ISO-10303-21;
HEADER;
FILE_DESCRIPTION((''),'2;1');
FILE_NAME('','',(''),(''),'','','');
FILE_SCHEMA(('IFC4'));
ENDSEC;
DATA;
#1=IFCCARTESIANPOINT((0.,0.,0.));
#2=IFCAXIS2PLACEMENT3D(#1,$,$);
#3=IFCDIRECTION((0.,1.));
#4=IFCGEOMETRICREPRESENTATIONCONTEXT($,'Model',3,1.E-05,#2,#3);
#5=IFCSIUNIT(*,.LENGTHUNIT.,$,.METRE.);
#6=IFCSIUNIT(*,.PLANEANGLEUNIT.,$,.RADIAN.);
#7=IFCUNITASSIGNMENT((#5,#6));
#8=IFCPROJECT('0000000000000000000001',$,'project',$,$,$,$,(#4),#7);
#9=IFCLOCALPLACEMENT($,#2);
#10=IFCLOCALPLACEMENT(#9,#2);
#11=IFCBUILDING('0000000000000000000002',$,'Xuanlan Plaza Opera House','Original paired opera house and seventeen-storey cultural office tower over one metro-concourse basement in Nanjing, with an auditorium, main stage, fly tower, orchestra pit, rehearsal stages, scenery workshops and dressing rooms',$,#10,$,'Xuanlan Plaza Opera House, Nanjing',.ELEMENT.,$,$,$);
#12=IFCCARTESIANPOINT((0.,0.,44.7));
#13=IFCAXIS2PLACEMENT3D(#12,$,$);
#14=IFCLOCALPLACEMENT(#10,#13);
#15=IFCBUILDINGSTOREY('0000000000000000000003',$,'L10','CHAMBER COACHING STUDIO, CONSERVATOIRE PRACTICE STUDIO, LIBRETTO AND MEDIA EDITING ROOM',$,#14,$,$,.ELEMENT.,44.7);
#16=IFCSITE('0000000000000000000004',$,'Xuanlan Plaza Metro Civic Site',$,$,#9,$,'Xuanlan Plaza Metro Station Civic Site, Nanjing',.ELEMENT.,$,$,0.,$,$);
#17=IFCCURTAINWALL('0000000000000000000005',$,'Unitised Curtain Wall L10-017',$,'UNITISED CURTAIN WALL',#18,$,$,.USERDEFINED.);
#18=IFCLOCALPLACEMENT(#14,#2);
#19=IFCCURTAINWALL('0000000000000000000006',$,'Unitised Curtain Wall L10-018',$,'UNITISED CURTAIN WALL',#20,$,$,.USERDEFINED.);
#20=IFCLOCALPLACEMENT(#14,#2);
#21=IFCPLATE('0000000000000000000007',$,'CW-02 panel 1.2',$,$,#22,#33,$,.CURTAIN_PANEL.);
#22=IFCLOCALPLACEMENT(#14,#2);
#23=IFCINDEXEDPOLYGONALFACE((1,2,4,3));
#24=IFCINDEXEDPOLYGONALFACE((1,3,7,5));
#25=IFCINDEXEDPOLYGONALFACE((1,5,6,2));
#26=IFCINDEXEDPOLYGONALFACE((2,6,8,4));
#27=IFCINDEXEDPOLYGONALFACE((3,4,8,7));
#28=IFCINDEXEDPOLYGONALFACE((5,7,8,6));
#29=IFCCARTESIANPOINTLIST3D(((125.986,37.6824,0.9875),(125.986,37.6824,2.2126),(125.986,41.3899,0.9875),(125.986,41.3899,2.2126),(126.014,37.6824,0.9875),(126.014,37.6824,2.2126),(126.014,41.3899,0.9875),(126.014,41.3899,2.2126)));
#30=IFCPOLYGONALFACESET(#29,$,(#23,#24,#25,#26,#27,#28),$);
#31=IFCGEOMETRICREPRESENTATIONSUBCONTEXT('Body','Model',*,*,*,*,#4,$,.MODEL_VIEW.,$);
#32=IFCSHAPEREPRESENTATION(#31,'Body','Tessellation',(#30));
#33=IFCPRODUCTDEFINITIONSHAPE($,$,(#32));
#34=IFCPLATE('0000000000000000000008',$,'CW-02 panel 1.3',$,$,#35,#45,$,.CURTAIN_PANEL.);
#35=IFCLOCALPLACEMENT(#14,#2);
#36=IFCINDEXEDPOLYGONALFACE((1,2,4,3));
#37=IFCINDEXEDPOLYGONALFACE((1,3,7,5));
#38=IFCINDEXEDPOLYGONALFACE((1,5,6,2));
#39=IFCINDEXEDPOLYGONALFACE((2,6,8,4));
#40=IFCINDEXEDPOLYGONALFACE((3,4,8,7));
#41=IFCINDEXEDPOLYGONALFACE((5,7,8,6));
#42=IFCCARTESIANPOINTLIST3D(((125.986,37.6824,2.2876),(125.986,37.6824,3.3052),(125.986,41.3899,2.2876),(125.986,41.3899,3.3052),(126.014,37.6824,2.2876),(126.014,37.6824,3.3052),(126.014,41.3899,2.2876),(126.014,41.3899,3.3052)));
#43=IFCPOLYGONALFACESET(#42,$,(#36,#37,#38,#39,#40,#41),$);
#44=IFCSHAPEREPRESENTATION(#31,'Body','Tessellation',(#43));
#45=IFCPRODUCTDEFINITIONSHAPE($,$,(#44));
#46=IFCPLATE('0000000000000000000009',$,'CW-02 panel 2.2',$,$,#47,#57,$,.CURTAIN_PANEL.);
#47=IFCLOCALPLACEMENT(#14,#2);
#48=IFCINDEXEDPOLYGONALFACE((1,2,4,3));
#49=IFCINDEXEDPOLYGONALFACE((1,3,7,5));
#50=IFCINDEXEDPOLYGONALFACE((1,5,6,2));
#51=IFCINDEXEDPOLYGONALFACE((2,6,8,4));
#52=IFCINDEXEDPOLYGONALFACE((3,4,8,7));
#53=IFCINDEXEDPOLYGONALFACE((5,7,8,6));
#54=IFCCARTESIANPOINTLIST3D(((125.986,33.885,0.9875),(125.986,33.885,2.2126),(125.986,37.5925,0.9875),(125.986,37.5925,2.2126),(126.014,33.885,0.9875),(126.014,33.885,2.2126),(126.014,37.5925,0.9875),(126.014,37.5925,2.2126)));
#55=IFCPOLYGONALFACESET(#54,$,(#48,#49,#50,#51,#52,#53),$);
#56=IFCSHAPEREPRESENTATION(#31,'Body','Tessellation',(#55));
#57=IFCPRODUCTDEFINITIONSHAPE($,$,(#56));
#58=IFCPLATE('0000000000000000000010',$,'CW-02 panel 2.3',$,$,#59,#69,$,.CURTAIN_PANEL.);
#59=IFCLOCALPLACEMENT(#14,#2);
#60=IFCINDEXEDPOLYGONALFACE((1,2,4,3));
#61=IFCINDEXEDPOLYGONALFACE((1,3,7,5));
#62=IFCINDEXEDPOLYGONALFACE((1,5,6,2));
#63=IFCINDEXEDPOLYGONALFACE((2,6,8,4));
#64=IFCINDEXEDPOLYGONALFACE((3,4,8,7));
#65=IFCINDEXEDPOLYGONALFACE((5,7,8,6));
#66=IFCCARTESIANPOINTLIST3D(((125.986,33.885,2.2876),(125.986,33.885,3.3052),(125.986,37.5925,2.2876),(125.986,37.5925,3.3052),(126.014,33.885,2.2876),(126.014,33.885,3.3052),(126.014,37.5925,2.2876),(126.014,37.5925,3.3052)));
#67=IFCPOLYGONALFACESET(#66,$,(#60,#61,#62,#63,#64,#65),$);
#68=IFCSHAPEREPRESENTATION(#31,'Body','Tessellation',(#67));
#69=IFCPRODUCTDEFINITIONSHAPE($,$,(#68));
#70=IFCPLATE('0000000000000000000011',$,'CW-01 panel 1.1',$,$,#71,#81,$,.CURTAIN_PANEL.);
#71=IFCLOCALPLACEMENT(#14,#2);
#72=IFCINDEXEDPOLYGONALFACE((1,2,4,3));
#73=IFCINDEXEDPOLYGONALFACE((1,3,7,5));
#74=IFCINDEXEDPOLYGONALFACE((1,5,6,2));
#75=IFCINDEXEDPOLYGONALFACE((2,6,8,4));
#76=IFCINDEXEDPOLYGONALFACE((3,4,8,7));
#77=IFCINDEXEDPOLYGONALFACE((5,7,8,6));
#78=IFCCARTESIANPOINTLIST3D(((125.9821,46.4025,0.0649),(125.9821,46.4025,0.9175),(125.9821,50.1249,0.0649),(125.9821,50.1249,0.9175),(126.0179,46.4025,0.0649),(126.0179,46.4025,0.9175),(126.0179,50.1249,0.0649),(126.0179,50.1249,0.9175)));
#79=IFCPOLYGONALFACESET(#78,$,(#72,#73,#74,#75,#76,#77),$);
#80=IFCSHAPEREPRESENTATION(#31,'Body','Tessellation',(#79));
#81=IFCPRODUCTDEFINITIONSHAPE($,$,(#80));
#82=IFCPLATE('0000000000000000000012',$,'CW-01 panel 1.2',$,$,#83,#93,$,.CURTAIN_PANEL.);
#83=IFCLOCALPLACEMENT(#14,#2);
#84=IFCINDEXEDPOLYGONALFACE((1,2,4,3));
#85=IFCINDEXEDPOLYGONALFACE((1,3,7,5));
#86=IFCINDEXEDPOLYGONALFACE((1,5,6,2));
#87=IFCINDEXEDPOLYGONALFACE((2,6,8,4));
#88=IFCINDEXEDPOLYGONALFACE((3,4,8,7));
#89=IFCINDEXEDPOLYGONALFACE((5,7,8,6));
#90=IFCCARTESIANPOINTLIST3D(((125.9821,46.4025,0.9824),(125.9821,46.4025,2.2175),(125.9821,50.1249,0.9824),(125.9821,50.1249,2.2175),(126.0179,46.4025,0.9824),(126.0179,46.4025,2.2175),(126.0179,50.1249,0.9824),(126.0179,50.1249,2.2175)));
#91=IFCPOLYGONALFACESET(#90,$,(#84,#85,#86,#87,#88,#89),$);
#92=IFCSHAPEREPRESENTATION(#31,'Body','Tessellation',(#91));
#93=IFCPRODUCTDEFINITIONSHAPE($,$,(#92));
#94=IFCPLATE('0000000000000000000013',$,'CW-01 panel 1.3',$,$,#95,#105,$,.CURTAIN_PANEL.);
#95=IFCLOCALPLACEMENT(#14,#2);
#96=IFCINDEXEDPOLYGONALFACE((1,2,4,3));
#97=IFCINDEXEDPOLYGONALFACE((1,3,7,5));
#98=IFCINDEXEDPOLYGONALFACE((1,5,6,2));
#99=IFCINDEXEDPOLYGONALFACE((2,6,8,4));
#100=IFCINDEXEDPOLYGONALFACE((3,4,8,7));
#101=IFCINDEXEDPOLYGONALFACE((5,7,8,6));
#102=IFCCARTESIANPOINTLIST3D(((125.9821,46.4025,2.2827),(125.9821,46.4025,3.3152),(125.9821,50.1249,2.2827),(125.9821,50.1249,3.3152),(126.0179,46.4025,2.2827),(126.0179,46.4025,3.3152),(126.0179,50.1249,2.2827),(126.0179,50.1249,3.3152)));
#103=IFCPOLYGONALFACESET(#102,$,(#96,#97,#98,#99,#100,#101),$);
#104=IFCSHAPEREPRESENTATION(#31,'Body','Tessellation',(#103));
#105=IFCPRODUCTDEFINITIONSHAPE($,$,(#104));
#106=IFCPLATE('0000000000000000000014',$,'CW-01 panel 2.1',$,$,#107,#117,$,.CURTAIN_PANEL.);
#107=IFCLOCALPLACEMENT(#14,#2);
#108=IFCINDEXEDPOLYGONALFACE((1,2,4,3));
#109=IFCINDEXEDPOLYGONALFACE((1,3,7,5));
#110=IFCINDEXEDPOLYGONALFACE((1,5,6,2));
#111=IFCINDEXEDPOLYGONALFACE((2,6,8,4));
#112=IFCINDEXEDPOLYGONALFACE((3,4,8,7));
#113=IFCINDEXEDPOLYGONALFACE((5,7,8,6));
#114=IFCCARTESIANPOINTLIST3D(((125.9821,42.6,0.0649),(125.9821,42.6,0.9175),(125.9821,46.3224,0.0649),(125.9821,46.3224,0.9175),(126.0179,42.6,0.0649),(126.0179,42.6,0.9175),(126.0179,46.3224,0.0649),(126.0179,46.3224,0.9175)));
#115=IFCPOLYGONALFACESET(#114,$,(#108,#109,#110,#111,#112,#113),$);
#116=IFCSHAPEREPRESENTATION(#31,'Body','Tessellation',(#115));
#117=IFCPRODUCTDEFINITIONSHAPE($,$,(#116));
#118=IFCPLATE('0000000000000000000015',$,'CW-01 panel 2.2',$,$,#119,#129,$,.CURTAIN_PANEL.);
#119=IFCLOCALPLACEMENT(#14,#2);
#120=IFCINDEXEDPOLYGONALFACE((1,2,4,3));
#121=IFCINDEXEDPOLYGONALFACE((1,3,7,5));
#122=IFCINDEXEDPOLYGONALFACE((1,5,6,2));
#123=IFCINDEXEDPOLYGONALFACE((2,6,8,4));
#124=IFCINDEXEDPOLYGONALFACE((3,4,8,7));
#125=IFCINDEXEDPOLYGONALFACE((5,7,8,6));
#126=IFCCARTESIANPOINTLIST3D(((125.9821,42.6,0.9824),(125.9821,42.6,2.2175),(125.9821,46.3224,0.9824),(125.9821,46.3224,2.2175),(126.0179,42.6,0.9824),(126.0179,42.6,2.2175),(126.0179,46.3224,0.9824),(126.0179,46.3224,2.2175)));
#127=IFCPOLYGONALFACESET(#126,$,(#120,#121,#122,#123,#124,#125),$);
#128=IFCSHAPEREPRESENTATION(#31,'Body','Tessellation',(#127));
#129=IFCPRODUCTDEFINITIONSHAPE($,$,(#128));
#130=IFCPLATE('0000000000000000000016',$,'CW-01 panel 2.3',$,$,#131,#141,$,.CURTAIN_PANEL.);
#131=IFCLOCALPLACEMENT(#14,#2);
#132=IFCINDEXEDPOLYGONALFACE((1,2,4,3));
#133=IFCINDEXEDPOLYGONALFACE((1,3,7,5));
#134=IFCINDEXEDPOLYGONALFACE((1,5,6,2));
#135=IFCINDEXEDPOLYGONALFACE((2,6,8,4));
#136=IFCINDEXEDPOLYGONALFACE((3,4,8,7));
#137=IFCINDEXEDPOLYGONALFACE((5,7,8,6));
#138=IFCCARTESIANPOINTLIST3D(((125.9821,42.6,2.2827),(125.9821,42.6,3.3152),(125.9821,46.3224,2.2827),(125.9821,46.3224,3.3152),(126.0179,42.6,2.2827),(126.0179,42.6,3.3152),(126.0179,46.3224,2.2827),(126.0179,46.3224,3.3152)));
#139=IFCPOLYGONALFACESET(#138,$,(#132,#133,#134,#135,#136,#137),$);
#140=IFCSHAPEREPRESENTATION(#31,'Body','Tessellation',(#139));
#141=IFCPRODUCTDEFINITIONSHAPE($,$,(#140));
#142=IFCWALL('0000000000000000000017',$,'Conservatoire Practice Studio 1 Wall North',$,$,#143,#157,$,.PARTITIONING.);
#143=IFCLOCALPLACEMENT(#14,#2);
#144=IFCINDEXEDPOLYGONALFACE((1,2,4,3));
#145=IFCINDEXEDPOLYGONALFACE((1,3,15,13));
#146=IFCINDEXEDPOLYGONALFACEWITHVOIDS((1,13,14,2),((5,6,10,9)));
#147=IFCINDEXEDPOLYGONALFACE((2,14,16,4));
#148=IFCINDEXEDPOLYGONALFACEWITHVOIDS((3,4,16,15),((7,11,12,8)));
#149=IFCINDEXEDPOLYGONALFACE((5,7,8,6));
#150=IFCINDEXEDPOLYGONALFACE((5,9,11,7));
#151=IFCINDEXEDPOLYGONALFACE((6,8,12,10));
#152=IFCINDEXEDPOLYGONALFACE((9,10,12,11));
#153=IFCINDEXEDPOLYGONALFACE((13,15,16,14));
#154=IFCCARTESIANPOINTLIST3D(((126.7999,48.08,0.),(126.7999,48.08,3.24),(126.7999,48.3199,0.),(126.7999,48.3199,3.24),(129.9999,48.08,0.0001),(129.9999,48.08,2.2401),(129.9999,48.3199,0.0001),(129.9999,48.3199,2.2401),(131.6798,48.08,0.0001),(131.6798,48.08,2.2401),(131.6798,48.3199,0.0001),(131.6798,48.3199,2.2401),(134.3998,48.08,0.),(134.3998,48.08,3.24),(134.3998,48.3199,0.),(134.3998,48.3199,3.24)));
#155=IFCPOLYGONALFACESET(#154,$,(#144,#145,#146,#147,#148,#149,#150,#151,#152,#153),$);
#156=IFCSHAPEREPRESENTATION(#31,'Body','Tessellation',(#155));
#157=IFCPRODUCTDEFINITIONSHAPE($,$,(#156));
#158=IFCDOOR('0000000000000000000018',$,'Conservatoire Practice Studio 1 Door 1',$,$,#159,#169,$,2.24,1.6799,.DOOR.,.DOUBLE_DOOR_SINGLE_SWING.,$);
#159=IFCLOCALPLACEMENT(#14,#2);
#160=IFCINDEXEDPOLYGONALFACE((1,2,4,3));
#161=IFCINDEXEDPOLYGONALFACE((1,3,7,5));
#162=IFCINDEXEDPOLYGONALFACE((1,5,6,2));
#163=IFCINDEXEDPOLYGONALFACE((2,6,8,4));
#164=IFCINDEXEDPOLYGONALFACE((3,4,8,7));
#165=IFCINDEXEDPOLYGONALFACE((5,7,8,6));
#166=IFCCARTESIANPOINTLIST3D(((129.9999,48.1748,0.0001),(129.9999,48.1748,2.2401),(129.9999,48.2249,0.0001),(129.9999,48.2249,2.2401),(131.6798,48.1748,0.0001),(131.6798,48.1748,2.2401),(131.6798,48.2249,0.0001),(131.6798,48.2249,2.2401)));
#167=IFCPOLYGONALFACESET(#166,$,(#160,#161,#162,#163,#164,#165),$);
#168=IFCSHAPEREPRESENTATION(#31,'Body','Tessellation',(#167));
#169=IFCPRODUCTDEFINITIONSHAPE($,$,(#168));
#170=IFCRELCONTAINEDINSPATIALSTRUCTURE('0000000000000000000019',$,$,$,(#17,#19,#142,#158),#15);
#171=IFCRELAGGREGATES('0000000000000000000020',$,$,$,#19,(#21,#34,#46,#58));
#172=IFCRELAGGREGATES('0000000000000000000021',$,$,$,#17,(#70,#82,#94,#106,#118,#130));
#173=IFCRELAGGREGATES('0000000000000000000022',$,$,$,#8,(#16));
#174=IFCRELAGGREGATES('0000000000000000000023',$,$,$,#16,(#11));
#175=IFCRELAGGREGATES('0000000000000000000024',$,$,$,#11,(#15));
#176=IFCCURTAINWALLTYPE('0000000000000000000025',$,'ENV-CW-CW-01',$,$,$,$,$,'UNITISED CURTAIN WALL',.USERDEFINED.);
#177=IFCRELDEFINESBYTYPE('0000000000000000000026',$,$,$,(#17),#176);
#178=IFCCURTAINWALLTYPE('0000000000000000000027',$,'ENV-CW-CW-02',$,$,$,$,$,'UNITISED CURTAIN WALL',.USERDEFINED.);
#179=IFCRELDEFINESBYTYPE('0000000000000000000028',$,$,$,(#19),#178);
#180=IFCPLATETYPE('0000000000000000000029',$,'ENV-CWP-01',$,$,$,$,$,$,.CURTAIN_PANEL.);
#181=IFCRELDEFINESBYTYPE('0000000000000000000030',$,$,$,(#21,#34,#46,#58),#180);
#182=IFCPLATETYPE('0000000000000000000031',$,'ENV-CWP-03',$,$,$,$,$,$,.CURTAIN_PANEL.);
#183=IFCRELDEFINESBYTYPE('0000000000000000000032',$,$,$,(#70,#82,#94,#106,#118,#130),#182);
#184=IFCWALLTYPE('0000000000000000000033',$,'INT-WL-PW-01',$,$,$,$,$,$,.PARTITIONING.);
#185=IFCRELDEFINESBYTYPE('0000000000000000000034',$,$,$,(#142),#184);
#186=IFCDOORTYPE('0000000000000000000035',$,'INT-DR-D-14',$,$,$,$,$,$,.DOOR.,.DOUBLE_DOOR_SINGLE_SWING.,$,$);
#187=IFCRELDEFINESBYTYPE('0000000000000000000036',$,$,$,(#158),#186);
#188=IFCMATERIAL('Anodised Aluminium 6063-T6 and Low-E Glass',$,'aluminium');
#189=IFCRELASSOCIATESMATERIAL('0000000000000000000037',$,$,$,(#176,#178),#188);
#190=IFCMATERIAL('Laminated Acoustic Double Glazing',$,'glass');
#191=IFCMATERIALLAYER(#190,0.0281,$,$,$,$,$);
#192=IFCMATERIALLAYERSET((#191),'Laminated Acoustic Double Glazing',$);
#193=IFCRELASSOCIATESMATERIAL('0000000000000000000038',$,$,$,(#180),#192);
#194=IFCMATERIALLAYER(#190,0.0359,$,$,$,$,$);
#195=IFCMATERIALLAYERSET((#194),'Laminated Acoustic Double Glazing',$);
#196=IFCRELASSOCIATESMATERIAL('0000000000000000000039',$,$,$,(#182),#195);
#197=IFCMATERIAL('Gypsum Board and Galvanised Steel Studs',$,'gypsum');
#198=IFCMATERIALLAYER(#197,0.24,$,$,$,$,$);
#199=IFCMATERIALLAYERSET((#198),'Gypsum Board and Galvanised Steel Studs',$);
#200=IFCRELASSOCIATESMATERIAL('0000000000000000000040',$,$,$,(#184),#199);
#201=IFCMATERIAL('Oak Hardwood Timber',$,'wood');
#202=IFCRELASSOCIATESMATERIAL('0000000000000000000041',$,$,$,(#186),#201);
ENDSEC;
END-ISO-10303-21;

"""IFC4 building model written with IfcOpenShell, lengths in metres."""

from ifc_helpers import new_model, si_unit, direction, frame, frame_2d, origin, origin_2d, place, context, subcontext, project, spatial, rectangle, extrude, material, layer, layer_set, type_object, element, fill, aggregate, save


model = new_model("IFC4")

# Units and contexts
model_context = context("Model", 3, precision=1e-05, world=origin(), true_north=direction((0.0, 1.0)))
body_context = subcontext(model_context, "Body", "Model", "MODEL_VIEW")
ifc_project = project(units=[si_unit("LENGTHUNIT", "METRE"), si_unit("PLANEANGLEUNIT", "RADIAN")], contexts=[model_context])

# Site, building, storey
site_placement = place(None, origin())
site = spatial("IfcSite", under=ifc_project, at=site_placement, Name="Xuanlan Plaza Metro Civic Site", LongName="Xuanlan Plaza Metro Station Civic Site, Nanjing", CompositionType="ELEMENT", RefElevation=0.0)
building_placement = place(site_placement, origin())
building = spatial("IfcBuilding", under=site, at=building_placement, Name="Xuanlan Plaza Opera House", Description="Original paired opera house and seventeen-storey cultural office tower over one metro-concourse basement in Nanjing, with an auditorium, main stage, fly tower, orchestra pit, rehearsal stages, scenery workshops and dressing rooms", LongName="Xuanlan Plaza Opera House, Nanjing", CompositionType="ELEMENT")
storey_placement = place(building_placement, frame((0.0, 0.0, 44.7)))
storey = spatial("IfcBuildingStorey", under=building, at=storey_placement, Name="L10", Description="CHAMBER COACHING STUDIO, CONSERVATOIRE PRACTICE STUDIO, LIBRETTO AND MEDIA EDITING ROOM", CompositionType="ELEMENT", Elevation=44.7)

# Curtain walls
ifc_material_1 = material(Name="Anodised Aluminium 6063-T6 and Low-E Glass", Category="aluminium")
curtain_wall_type_1 = type_object("IfcCurtainWallType", Name="ENV-CW-CW-01", ElementType="UNITISED CURTAIN WALL", PredefinedType="USERDEFINED", material=ifc_material_1)
curtain_wall_1_placement = place(storey_placement, origin())
curtain_wall_1 = element("IfcCurtainWall", 1, at=curtain_wall_1_placement, inside=storey, type_object=curtain_wall_type_1, Name="Unitised Curtain Wall L10-017", ObjectType="UNITISED CURTAIN WALL", PredefinedType="USERDEFINED")
curtain_wall_type_2 = type_object("IfcCurtainWallType", Name="ENV-CW-CW-02", ElementType="UNITISED CURTAIN WALL", PredefinedType="USERDEFINED", material=ifc_material_1)
curtain_wall_2_placement = place(storey_placement, origin())
curtain_wall_2 = element("IfcCurtainWall", 2, at=curtain_wall_2_placement, inside=storey, type_object=curtain_wall_type_2, Name="Unitised Curtain Wall L10-018", ObjectType="UNITISED CURTAIN WALL", PredefinedType="USERDEFINED")

# Plates
ifc_material_2 = material(Name="Laminated Acoustic Double Glazing", Category="glass")
ifc_layer_1 = layer(ifc_material_2, 0.0281)
ifc_layer_set_1 = layer_set([ifc_layer_1], Name="Laminated Acoustic Double Glazing")
plate_type_1 = type_object("IfcPlateType", Name="ENV-CWP-01", PredefinedType="CURTAIN_PANEL", material=ifc_layer_set_1)
plate_1_placement = place(storey_placement, frame((126.0, 39.5361, 0.9875), z_axis=(0.0, 0.0, 1.0), x_axis=(0.0, -1.0, 0.0)))
plate_1 = element("IfcPlate", 3, at=plate_1_placement, type_object=plate_type_1, Name="CW-02 panel 1.2", PredefinedType="CURTAIN_PANEL", context=body_context, shape_type="SweptSolid", body=[
    extrude(rectangle(XDim=3.7075, YDim=0.0281, at=origin_2d()), origin(), (0.0, 0.0, 1.0), 1.2251),
])
plate_2_placement = place(storey_placement, frame((126.0, 39.5361, 2.2876), z_axis=(0.0, 0.0, 1.0), x_axis=(0.0, -1.0, 0.0)))
plate_2 = element("IfcPlate", 4, at=plate_2_placement, type_object=plate_type_1, Name="CW-02 panel 1.3", PredefinedType="CURTAIN_PANEL", context=body_context, shape_type="SweptSolid", body=[
    extrude(rectangle(XDim=3.7075, YDim=0.0281, at=origin_2d()), origin(), (0.0, 0.0, 1.0), 1.0176),
])
plate_3_placement = place(storey_placement, frame((126.0, 35.7388, 0.9875), z_axis=(0.0, 0.0, 1.0), x_axis=(0.0, -1.0, 0.0)))
plate_3 = element("IfcPlate", 5, at=plate_3_placement, type_object=plate_type_1, Name="CW-02 panel 2.2", PredefinedType="CURTAIN_PANEL", context=body_context, shape_type="SweptSolid", body=[
    extrude(rectangle(XDim=3.7075, YDim=0.0281, at=origin_2d()), origin(), (0.0, 0.0, 1.0), 1.2251),
])
plate_4_placement = place(storey_placement, frame((126.0, 35.7388, 2.2876), z_axis=(0.0, 0.0, 1.0), x_axis=(0.0, -1.0, 0.0)))
plate_4 = element("IfcPlate", 6, at=plate_4_placement, type_object=plate_type_1, Name="CW-02 panel 2.3", PredefinedType="CURTAIN_PANEL", context=body_context, shape_type="SweptSolid", body=[
    extrude(rectangle(XDim=3.7075, YDim=0.0281, at=origin_2d()), origin(), (0.0, 0.0, 1.0), 1.0176),
])
aggregate(curtain_wall_2, [plate_1, plate_2, plate_3, plate_4])
ifc_layer_2 = layer(ifc_material_2, 0.0359)
ifc_layer_set_2 = layer_set([ifc_layer_2], Name="Laminated Acoustic Double Glazing")
plate_type_2 = type_object("IfcPlateType", Name="ENV-CWP-03", PredefinedType="CURTAIN_PANEL", material=ifc_layer_set_2)
plate_5_placement = place(storey_placement, frame((126.0, 48.2637, 0.0649), z_axis=(0.0, 0.0, 1.0), x_axis=(0.0, -1.0, 0.0)))
plate_5 = element("IfcPlate", 7, at=plate_5_placement, type_object=plate_type_2, Name="CW-01 panel 1.1", PredefinedType="CURTAIN_PANEL", context=body_context, shape_type="SweptSolid", body=[
    extrude(rectangle(XDim=3.7224, YDim=0.0359, at=origin_2d()), origin(), (0.0, 0.0, 1.0), 0.8525),
])
plate_6_placement = place(storey_placement, frame((126.0, 48.2637, 0.9824), z_axis=(0.0, 0.0, 1.0), x_axis=(0.0, -1.0, 0.0)))
plate_6 = element("IfcPlate", 8, at=plate_6_placement, type_object=plate_type_2, Name="CW-01 panel 1.2", PredefinedType="CURTAIN_PANEL", context=body_context, shape_type="SweptSolid", body=[
    extrude(rectangle(XDim=3.7224, YDim=0.0359, at=origin_2d()), origin(), (0.0, 0.0, 1.0), 1.2351),
])
plate_7_placement = place(storey_placement, frame((126.0, 48.2637, 2.2827), z_axis=(0.0, 0.0, 1.0), x_axis=(0.0, -1.0, 0.0)))
plate_7 = element("IfcPlate", 9, at=plate_7_placement, type_object=plate_type_2, Name="CW-01 panel 1.3", PredefinedType="CURTAIN_PANEL", context=body_context, shape_type="SweptSolid", body=[
    extrude(rectangle(XDim=3.7224, YDim=0.0359, at=origin_2d()), origin(), (0.0, 0.0, 1.0), 1.0325),
])
plate_8_placement = place(storey_placement, frame((126.0, 44.4612, 0.0649), z_axis=(0.0, 0.0, 1.0), x_axis=(0.0, -1.0, 0.0)))
plate_8 = element("IfcPlate", 10, at=plate_8_placement, type_object=plate_type_2, Name="CW-01 panel 2.1", PredefinedType="CURTAIN_PANEL", context=body_context, shape_type="SweptSolid", body=[
    extrude(rectangle(XDim=3.7224, YDim=0.0359, at=origin_2d()), origin(), (0.0, 0.0, 1.0), 0.8525),
])
plate_9_placement = place(storey_placement, frame((126.0, 44.4612, 0.9824), z_axis=(0.0, 0.0, 1.0), x_axis=(0.0, -1.0, 0.0)))
plate_9 = element("IfcPlate", 11, at=plate_9_placement, type_object=plate_type_2, Name="CW-01 panel 2.2", PredefinedType="CURTAIN_PANEL", context=body_context, shape_type="SweptSolid", body=[
    extrude(rectangle(XDim=3.7224, YDim=0.0359, at=origin_2d()), origin(), (0.0, 0.0, 1.0), 1.2351),
])
plate_10_placement = place(storey_placement, frame((126.0, 44.4612, 2.2827), z_axis=(0.0, 0.0, 1.0), x_axis=(0.0, -1.0, 0.0)))
plate_10 = element("IfcPlate", 12, at=plate_10_placement, type_object=plate_type_2, Name="CW-01 panel 2.3", PredefinedType="CURTAIN_PANEL", context=body_context, shape_type="SweptSolid", body=[
    extrude(rectangle(XDim=3.7224, YDim=0.0359, at=origin_2d()), origin(), (0.0, 0.0, 1.0), 1.0325),
])
aggregate(curtain_wall_1, [plate_5, plate_6, plate_7, plate_8, plate_9, plate_10])

# Wall, opening, door
ifc_material_3 = material(Name="Gypsum Board and Galvanised Steel Studs", Category="gypsum")
ifc_layer_3 = layer(ifc_material_3, 0.24)
ifc_layer_set_3 = layer_set([ifc_layer_3], Name="Gypsum Board and Galvanised Steel Studs")
wall_type = type_object("IfcWallType", Name="INT-WL-PW-01", PredefinedType="PARTITIONING", material=ifc_layer_set_3)
wall_1_placement = place(storey_placement, frame((126.8, 48.2, 0.0), z_axis=(0.0, 0.0, 1.0), x_axis=(1.0, 0.0, 0.0)))
wall_1 = element("IfcWall", 13, at=wall_1_placement, inside=storey, type_object=wall_type, Name="Conservatoire Practice Studio 1 Wall North", PredefinedType="PARTITIONING", context=body_context, shape_type="SweptSolid", body=[
    extrude(rectangle(XDim=7.5999, YDim=0.24, at=frame_2d((3.7998, 0.0))), origin(), (0.0, 0.0, 1.0), 3.24),
])
opening_1_placement = place(wall_1_placement, frame((3.2, 0.0, 0.0)))
opening_1 = element("IfcOpeningElement", 14, at=opening_1_placement, cuts=wall_1, PredefinedType="OPENING", context=body_context, shape_type="SweptSolid", body=[
    extrude(rectangle(XDim=1.6799, YDim=2.24, at=frame_2d((0.8398, 1.1201))), frame((0.0, 0.1299, 0.0), z_axis=(0.0, -1.0, 0.0), x_axis=(1.0, 0.0, 0.0)), (0.0, 0.0, 1.0), 0.26),
])
ifc_material_4 = material(Name="Oak Hardwood Timber", Category="wood")
door_type_1 = type_object("IfcDoorType", Name="INT-DR-D-14", OperationType="DOUBLE_DOOR_SINGLE_SWING", PredefinedType="DOOR", material=ifc_material_4)
door_1_placement = place(opening_1_placement, origin())
door_1 = element("IfcDoor", 15, at=door_1_placement, inside=storey, type_object=door_type_1, Name="Conservatoire Practice Studio 1 Door 1", OperationType="DOUBLE_DOOR_SINGLE_SWING", OverallHeight=2.24, OverallWidth=1.6799, PredefinedType="DOOR", context=body_context, shape_type="SweptSolid", body=[
    extrude(rectangle(XDim=1.6799, YDim=2.24, at=frame_2d((0.8398, 1.1201))), frame((0.0, 0.0249, 0.0), z_axis=(0.0, -1.0, 0.0), x_axis=(1.0, 0.0, 0.0)), (0.0, 0.0, 1.0), 0.05),
])
fill(opening_1, door_1)

save(model, "model.ifc")
